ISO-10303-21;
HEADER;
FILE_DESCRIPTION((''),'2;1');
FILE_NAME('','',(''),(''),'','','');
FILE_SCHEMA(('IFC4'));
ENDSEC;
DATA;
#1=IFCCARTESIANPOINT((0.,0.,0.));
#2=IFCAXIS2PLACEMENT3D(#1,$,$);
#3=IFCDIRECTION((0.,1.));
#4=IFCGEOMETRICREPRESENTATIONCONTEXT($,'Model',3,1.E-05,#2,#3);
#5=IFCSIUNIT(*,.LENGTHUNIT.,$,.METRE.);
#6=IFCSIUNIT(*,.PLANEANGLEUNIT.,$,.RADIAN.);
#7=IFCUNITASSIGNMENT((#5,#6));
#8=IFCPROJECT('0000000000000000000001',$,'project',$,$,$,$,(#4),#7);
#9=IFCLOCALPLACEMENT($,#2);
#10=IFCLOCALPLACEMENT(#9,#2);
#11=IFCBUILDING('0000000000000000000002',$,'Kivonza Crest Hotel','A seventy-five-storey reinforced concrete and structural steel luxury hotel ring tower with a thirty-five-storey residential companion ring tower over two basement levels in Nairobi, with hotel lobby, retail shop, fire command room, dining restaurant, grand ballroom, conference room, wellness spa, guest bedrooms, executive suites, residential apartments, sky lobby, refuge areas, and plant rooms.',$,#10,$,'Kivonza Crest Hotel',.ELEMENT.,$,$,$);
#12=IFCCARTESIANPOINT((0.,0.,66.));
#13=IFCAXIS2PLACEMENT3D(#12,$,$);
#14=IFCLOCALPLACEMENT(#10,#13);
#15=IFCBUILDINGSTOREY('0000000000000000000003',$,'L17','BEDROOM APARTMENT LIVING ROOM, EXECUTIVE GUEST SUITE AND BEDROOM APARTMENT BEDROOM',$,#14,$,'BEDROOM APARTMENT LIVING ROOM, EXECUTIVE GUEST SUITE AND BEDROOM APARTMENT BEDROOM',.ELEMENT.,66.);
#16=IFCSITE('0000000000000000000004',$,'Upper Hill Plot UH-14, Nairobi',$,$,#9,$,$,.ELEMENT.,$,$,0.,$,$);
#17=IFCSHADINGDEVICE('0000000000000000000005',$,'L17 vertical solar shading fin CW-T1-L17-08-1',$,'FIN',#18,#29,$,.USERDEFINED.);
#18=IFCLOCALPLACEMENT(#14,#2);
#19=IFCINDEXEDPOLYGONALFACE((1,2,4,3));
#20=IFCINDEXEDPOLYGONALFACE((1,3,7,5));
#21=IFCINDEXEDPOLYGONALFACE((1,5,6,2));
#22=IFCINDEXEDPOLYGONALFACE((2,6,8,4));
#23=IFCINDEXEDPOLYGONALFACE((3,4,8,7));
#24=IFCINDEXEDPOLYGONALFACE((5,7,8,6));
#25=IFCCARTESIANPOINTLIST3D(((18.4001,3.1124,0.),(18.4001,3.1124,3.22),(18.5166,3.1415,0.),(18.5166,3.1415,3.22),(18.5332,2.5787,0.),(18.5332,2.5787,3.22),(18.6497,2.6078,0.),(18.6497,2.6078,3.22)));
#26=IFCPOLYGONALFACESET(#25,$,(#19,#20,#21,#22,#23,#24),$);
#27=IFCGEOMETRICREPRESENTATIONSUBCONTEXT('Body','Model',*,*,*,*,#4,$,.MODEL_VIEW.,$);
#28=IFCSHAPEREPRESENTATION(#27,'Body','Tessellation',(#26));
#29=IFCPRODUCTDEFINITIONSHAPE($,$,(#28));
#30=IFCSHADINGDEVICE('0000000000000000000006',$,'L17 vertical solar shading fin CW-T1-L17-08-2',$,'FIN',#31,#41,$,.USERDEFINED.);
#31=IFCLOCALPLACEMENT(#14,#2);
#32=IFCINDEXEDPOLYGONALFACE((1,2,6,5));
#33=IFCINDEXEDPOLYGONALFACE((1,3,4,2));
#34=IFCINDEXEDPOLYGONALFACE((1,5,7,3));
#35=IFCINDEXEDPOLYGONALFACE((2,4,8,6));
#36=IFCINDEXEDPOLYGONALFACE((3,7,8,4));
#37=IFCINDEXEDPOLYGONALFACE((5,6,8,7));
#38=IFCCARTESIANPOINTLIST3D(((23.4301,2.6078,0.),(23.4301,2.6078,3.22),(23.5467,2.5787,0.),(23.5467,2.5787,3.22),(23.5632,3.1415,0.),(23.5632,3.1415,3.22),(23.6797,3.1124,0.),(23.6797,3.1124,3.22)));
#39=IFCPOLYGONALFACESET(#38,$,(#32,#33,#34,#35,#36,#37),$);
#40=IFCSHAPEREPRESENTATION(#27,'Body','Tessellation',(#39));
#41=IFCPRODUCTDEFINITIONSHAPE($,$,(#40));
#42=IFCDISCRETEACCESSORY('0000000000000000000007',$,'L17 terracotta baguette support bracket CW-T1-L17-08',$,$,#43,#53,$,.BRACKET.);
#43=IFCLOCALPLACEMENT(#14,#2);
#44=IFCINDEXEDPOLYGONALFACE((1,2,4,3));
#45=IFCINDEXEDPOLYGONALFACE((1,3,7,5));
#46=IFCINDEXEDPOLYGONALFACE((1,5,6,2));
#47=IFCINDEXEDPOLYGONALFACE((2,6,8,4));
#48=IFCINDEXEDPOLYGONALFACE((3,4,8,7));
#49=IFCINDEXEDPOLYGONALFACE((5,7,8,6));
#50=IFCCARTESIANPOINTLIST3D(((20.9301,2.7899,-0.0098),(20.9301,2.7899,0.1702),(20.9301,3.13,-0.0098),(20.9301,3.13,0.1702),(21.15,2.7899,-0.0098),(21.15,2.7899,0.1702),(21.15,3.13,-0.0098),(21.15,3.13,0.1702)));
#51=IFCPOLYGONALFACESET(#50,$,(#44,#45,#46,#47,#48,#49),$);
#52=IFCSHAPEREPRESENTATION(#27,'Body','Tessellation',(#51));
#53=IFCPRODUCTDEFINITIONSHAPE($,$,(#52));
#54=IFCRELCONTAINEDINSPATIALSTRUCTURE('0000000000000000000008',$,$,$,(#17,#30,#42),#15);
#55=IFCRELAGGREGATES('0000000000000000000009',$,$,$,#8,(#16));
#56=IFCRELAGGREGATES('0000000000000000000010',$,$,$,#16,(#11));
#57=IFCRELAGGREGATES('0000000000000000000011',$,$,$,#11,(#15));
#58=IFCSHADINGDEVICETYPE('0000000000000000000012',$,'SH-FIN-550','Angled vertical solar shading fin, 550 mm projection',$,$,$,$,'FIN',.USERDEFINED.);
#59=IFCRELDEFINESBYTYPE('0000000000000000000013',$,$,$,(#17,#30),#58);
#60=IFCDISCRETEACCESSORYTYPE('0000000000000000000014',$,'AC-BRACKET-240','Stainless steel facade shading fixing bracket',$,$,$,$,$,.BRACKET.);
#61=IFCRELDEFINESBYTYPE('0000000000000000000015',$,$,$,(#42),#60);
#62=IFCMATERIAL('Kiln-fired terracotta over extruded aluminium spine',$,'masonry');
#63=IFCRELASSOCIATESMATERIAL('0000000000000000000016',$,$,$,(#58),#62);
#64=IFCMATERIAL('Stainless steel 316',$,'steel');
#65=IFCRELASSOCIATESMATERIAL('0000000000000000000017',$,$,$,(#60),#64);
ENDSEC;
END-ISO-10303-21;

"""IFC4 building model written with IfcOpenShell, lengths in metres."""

from ifc_helpers import new_model, si_unit, direction, frame, origin, origin_2d, place, context, subcontext, project, spatial, rectangle, extrude, material, type_object, element, save


model = new_model("IFC4")

# Units and contexts
model_context = context("Model", 3, precision=1e-05, world=origin(), true_north=direction((0.0, 1.0)))
body_context = subcontext(model_context, "Body", "Model", "MODEL_VIEW")
ifc_project = project(units=[si_unit("LENGTHUNIT", "METRE"), si_unit("PLANEANGLEUNIT", "RADIAN")], contexts=[model_context])

# Site, building, storey
site_placement = place(None, origin())
site = spatial("IfcSite", under=ifc_project, at=site_placement, Name="Upper Hill Plot UH-14, Nairobi", CompositionType="ELEMENT", RefElevation=0.0)
building_placement = place(site_placement, origin())
building = spatial("IfcBuilding", under=site, at=building_placement, Name="Kivonza Crest Hotel", Description="A seventy-five-storey reinforced concrete and structural steel luxury hotel ring tower with a thirty-five-storey residential companion ring tower over two basement levels in Nairobi, with hotel lobby, retail shop, fire command room, dining restaurant, grand ballroom, conference room, wellness spa, guest bedrooms, executive suites, residential apartments, sky lobby, refuge areas, and plant rooms.", LongName="Kivonza Crest Hotel", CompositionType="ELEMENT")
storey_placement = place(building_placement, frame((0.0, 0.0, 66.0)))
storey = spatial("IfcBuildingStorey", under=building, at=storey_placement, Name="L17", Description="BEDROOM APARTMENT LIVING ROOM, EXECUTIVE GUEST SUITE AND BEDROOM APARTMENT BEDROOM", LongName="BEDROOM APARTMENT LIVING ROOM, EXECUTIVE GUEST SUITE AND BEDROOM APARTMENT BEDROOM", CompositionType="ELEMENT", Elevation=66.0)

# Shading devices
ifc_material_1 = material(Name="Kiln-fired terracotta over extruded aluminium spine", Category="masonry")
shading_device_type_1 = type_object("IfcShadingDeviceType", Name="SH-FIN-550", Description="Angled vertical solar shading fin, 550 mm projection", ElementType="FIN", PredefinedType="USERDEFINED", material=ifc_material_1)
for number, where, z_axis, x_axis, name in (
    (1, (18.5249, 2.8601, 0.0), (0.0, 0.0, 1.0), (0.970296, 0.241922, 0.0), "L17 vertical solar shading fin CW-T1-L17-08-1"),
    (2, (23.5549, 2.8601, 0.0), (0.0, 0.0, 1.0), (0.970296, -0.241922, 0.0), "L17 vertical solar shading fin CW-T1-L17-08-2"),
):
    element("IfcShadingDevice", number, at=place(storey_placement, frame(where, z_axis=z_axis, x_axis=x_axis)), inside=storey, type_object=shading_device_type_1, Name=name, ObjectType="FIN", PredefinedType="USERDEFINED", context=body_context, shape_type="SweptSolid", body=[
        extrude(rectangle(XDim=0.1201, YDim=0.55, at=origin_2d()), origin(), (0.0, 0.0, 1.0), 3.22),
    ])

# Discrete accessory
ifc_material_2 = material(Name="Stainless steel 316", Category="steel")
discrete_accessory_type = type_object("IfcDiscreteAccessoryType", Name="AC-BRACKET-240", Description="Stainless steel facade shading fixing bracket", PredefinedType="BRACKET", material=ifc_material_2)
discrete_accessory_placement = place(storey_placement, frame((21.04, 2.96, -0.0098), z_axis=(0.0, 0.0, 1.0), x_axis=(1.0, 0.0, 0.0)))
element("IfcDiscreteAccessory", 3, at=discrete_accessory_placement, inside=storey, type_object=discrete_accessory_type, Name="L17 terracotta baguette support bracket CW-T1-L17-08", PredefinedType="BRACKET", context=body_context, shape_type="SweptSolid", body=[
    extrude(rectangle(XDim=0.22, YDim=0.3401, at=origin_2d()), origin(), (0.0, 0.0, 1.0), 0.1799),
])

save(model, "model.ifc")
